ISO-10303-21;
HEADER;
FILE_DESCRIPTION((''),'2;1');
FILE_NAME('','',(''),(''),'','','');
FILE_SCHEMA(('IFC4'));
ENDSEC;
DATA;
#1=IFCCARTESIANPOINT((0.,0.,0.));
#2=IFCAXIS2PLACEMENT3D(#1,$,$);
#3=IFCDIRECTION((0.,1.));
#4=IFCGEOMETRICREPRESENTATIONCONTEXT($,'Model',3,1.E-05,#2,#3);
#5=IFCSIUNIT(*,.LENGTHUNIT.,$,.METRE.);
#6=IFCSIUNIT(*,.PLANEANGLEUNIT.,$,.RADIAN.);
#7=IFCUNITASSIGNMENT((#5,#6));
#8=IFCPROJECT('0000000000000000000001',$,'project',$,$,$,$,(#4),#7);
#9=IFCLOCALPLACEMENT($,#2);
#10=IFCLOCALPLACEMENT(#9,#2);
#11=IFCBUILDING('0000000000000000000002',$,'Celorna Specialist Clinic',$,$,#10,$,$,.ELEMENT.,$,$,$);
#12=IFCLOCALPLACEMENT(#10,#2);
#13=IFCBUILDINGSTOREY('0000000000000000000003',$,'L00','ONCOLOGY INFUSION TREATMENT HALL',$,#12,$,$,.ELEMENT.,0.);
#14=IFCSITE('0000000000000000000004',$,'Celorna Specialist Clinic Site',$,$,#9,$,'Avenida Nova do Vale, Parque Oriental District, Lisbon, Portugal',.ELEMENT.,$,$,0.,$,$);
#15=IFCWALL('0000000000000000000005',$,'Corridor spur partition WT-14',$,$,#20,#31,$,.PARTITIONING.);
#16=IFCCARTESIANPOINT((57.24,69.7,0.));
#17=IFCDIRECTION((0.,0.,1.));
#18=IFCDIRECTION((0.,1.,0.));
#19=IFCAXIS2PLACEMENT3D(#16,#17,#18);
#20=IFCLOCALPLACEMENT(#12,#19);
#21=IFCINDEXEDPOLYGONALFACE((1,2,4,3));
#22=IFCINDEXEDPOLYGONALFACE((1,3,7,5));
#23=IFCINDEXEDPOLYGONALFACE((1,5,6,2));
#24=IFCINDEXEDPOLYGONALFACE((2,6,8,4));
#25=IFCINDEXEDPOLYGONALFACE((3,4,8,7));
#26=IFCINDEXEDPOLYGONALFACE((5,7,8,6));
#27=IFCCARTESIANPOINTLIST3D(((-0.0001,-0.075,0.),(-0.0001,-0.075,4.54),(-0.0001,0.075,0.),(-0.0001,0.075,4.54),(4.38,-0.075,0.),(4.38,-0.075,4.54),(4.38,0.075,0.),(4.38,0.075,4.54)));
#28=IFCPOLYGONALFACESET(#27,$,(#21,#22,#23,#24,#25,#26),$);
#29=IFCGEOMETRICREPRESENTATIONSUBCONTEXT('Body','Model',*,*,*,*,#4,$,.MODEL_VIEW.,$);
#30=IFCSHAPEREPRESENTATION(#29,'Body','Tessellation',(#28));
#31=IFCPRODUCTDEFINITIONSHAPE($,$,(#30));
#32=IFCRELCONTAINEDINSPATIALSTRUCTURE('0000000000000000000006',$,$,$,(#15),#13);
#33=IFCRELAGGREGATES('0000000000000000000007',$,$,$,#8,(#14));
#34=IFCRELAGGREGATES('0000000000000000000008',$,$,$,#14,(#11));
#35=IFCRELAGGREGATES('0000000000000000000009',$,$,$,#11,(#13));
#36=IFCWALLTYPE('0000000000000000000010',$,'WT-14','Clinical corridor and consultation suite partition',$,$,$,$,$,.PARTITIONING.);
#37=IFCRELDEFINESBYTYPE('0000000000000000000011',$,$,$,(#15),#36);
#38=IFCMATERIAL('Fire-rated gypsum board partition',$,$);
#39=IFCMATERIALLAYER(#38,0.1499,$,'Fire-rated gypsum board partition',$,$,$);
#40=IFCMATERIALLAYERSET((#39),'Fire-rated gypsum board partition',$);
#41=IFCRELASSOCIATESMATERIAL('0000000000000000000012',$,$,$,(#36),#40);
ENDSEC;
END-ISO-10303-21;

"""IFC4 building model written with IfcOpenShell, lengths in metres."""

from ifc_helpers import new_model, si_unit, direction, frame, frame_2d, origin, place, context, subcontext, project, spatial, rectangle, extrude, material, layer, layer_set, type_object, element, save


model = new_model("IFC4")

# Units and contexts
model_context = context("Model", 3, precision=1e-05, world=origin(), true_north=direction((0.0, 1.0)))
body_context = subcontext(model_context, "Body", "Model", "MODEL_VIEW")
ifc_project = project(units=[si_unit("LENGTHUNIT", "METRE"), si_unit("PLANEANGLEUNIT", "RADIAN")], contexts=[model_context])

# Site, building, storey
site_placement = place(None, origin())
site = spatial("IfcSite", under=ifc_project, at=site_placement, Name="Celorna Specialist Clinic Site", LongName="Avenida Nova do Vale, Parque Oriental District, Lisbon, Portugal", CompositionType="ELEMENT", RefElevation=0.0)
building_placement = place(site_placement, origin())
building = spatial("IfcBuilding", under=site, at=building_placement, Name="Celorna Specialist Clinic", CompositionType="ELEMENT")
storey_placement = place(building_placement, origin())
storey = spatial("IfcBuildingStorey", under=building, at=storey_placement, Name="L00", Description="ONCOLOGY INFUSION TREATMENT HALL", CompositionType="ELEMENT", Elevation=0.0)

# Wall
ifc_material_1 = material(Name="Fire-rated gypsum board partition")
ifc_layer_1 = layer(ifc_material_1, 0.1499, Name="Fire-rated gypsum board partition")
ifc_layer_set_1 = layer_set([ifc_layer_1], Name="Fire-rated gypsum board partition")
wall_type_1 = type_object("IfcWallType", Name="WT-14", Description="Clinical corridor and consultation suite partition", PredefinedType="PARTITIONING", material=ifc_layer_set_1)
wall_1_placement = place(storey_placement, frame((57.24, 69.7, 0.0), z_axis=(0.0, 0.0, 1.0), x_axis=(0.0, 1.0, 0.0)))
element("IfcWall", 1, at=wall_1_placement, inside=storey, type_object=wall_type_1, Name="Corridor spur partition WT-14", PredefinedType="PARTITIONING", context=body_context, shape_type="SweptSolid", body=[
    extrude(rectangle(XDim=4.3801, YDim=0.1499, at=frame_2d((2.1899, 0.0))), origin(), (0.0, 0.0, 1.0), 4.54),
])

save(model, "model.ifc")
